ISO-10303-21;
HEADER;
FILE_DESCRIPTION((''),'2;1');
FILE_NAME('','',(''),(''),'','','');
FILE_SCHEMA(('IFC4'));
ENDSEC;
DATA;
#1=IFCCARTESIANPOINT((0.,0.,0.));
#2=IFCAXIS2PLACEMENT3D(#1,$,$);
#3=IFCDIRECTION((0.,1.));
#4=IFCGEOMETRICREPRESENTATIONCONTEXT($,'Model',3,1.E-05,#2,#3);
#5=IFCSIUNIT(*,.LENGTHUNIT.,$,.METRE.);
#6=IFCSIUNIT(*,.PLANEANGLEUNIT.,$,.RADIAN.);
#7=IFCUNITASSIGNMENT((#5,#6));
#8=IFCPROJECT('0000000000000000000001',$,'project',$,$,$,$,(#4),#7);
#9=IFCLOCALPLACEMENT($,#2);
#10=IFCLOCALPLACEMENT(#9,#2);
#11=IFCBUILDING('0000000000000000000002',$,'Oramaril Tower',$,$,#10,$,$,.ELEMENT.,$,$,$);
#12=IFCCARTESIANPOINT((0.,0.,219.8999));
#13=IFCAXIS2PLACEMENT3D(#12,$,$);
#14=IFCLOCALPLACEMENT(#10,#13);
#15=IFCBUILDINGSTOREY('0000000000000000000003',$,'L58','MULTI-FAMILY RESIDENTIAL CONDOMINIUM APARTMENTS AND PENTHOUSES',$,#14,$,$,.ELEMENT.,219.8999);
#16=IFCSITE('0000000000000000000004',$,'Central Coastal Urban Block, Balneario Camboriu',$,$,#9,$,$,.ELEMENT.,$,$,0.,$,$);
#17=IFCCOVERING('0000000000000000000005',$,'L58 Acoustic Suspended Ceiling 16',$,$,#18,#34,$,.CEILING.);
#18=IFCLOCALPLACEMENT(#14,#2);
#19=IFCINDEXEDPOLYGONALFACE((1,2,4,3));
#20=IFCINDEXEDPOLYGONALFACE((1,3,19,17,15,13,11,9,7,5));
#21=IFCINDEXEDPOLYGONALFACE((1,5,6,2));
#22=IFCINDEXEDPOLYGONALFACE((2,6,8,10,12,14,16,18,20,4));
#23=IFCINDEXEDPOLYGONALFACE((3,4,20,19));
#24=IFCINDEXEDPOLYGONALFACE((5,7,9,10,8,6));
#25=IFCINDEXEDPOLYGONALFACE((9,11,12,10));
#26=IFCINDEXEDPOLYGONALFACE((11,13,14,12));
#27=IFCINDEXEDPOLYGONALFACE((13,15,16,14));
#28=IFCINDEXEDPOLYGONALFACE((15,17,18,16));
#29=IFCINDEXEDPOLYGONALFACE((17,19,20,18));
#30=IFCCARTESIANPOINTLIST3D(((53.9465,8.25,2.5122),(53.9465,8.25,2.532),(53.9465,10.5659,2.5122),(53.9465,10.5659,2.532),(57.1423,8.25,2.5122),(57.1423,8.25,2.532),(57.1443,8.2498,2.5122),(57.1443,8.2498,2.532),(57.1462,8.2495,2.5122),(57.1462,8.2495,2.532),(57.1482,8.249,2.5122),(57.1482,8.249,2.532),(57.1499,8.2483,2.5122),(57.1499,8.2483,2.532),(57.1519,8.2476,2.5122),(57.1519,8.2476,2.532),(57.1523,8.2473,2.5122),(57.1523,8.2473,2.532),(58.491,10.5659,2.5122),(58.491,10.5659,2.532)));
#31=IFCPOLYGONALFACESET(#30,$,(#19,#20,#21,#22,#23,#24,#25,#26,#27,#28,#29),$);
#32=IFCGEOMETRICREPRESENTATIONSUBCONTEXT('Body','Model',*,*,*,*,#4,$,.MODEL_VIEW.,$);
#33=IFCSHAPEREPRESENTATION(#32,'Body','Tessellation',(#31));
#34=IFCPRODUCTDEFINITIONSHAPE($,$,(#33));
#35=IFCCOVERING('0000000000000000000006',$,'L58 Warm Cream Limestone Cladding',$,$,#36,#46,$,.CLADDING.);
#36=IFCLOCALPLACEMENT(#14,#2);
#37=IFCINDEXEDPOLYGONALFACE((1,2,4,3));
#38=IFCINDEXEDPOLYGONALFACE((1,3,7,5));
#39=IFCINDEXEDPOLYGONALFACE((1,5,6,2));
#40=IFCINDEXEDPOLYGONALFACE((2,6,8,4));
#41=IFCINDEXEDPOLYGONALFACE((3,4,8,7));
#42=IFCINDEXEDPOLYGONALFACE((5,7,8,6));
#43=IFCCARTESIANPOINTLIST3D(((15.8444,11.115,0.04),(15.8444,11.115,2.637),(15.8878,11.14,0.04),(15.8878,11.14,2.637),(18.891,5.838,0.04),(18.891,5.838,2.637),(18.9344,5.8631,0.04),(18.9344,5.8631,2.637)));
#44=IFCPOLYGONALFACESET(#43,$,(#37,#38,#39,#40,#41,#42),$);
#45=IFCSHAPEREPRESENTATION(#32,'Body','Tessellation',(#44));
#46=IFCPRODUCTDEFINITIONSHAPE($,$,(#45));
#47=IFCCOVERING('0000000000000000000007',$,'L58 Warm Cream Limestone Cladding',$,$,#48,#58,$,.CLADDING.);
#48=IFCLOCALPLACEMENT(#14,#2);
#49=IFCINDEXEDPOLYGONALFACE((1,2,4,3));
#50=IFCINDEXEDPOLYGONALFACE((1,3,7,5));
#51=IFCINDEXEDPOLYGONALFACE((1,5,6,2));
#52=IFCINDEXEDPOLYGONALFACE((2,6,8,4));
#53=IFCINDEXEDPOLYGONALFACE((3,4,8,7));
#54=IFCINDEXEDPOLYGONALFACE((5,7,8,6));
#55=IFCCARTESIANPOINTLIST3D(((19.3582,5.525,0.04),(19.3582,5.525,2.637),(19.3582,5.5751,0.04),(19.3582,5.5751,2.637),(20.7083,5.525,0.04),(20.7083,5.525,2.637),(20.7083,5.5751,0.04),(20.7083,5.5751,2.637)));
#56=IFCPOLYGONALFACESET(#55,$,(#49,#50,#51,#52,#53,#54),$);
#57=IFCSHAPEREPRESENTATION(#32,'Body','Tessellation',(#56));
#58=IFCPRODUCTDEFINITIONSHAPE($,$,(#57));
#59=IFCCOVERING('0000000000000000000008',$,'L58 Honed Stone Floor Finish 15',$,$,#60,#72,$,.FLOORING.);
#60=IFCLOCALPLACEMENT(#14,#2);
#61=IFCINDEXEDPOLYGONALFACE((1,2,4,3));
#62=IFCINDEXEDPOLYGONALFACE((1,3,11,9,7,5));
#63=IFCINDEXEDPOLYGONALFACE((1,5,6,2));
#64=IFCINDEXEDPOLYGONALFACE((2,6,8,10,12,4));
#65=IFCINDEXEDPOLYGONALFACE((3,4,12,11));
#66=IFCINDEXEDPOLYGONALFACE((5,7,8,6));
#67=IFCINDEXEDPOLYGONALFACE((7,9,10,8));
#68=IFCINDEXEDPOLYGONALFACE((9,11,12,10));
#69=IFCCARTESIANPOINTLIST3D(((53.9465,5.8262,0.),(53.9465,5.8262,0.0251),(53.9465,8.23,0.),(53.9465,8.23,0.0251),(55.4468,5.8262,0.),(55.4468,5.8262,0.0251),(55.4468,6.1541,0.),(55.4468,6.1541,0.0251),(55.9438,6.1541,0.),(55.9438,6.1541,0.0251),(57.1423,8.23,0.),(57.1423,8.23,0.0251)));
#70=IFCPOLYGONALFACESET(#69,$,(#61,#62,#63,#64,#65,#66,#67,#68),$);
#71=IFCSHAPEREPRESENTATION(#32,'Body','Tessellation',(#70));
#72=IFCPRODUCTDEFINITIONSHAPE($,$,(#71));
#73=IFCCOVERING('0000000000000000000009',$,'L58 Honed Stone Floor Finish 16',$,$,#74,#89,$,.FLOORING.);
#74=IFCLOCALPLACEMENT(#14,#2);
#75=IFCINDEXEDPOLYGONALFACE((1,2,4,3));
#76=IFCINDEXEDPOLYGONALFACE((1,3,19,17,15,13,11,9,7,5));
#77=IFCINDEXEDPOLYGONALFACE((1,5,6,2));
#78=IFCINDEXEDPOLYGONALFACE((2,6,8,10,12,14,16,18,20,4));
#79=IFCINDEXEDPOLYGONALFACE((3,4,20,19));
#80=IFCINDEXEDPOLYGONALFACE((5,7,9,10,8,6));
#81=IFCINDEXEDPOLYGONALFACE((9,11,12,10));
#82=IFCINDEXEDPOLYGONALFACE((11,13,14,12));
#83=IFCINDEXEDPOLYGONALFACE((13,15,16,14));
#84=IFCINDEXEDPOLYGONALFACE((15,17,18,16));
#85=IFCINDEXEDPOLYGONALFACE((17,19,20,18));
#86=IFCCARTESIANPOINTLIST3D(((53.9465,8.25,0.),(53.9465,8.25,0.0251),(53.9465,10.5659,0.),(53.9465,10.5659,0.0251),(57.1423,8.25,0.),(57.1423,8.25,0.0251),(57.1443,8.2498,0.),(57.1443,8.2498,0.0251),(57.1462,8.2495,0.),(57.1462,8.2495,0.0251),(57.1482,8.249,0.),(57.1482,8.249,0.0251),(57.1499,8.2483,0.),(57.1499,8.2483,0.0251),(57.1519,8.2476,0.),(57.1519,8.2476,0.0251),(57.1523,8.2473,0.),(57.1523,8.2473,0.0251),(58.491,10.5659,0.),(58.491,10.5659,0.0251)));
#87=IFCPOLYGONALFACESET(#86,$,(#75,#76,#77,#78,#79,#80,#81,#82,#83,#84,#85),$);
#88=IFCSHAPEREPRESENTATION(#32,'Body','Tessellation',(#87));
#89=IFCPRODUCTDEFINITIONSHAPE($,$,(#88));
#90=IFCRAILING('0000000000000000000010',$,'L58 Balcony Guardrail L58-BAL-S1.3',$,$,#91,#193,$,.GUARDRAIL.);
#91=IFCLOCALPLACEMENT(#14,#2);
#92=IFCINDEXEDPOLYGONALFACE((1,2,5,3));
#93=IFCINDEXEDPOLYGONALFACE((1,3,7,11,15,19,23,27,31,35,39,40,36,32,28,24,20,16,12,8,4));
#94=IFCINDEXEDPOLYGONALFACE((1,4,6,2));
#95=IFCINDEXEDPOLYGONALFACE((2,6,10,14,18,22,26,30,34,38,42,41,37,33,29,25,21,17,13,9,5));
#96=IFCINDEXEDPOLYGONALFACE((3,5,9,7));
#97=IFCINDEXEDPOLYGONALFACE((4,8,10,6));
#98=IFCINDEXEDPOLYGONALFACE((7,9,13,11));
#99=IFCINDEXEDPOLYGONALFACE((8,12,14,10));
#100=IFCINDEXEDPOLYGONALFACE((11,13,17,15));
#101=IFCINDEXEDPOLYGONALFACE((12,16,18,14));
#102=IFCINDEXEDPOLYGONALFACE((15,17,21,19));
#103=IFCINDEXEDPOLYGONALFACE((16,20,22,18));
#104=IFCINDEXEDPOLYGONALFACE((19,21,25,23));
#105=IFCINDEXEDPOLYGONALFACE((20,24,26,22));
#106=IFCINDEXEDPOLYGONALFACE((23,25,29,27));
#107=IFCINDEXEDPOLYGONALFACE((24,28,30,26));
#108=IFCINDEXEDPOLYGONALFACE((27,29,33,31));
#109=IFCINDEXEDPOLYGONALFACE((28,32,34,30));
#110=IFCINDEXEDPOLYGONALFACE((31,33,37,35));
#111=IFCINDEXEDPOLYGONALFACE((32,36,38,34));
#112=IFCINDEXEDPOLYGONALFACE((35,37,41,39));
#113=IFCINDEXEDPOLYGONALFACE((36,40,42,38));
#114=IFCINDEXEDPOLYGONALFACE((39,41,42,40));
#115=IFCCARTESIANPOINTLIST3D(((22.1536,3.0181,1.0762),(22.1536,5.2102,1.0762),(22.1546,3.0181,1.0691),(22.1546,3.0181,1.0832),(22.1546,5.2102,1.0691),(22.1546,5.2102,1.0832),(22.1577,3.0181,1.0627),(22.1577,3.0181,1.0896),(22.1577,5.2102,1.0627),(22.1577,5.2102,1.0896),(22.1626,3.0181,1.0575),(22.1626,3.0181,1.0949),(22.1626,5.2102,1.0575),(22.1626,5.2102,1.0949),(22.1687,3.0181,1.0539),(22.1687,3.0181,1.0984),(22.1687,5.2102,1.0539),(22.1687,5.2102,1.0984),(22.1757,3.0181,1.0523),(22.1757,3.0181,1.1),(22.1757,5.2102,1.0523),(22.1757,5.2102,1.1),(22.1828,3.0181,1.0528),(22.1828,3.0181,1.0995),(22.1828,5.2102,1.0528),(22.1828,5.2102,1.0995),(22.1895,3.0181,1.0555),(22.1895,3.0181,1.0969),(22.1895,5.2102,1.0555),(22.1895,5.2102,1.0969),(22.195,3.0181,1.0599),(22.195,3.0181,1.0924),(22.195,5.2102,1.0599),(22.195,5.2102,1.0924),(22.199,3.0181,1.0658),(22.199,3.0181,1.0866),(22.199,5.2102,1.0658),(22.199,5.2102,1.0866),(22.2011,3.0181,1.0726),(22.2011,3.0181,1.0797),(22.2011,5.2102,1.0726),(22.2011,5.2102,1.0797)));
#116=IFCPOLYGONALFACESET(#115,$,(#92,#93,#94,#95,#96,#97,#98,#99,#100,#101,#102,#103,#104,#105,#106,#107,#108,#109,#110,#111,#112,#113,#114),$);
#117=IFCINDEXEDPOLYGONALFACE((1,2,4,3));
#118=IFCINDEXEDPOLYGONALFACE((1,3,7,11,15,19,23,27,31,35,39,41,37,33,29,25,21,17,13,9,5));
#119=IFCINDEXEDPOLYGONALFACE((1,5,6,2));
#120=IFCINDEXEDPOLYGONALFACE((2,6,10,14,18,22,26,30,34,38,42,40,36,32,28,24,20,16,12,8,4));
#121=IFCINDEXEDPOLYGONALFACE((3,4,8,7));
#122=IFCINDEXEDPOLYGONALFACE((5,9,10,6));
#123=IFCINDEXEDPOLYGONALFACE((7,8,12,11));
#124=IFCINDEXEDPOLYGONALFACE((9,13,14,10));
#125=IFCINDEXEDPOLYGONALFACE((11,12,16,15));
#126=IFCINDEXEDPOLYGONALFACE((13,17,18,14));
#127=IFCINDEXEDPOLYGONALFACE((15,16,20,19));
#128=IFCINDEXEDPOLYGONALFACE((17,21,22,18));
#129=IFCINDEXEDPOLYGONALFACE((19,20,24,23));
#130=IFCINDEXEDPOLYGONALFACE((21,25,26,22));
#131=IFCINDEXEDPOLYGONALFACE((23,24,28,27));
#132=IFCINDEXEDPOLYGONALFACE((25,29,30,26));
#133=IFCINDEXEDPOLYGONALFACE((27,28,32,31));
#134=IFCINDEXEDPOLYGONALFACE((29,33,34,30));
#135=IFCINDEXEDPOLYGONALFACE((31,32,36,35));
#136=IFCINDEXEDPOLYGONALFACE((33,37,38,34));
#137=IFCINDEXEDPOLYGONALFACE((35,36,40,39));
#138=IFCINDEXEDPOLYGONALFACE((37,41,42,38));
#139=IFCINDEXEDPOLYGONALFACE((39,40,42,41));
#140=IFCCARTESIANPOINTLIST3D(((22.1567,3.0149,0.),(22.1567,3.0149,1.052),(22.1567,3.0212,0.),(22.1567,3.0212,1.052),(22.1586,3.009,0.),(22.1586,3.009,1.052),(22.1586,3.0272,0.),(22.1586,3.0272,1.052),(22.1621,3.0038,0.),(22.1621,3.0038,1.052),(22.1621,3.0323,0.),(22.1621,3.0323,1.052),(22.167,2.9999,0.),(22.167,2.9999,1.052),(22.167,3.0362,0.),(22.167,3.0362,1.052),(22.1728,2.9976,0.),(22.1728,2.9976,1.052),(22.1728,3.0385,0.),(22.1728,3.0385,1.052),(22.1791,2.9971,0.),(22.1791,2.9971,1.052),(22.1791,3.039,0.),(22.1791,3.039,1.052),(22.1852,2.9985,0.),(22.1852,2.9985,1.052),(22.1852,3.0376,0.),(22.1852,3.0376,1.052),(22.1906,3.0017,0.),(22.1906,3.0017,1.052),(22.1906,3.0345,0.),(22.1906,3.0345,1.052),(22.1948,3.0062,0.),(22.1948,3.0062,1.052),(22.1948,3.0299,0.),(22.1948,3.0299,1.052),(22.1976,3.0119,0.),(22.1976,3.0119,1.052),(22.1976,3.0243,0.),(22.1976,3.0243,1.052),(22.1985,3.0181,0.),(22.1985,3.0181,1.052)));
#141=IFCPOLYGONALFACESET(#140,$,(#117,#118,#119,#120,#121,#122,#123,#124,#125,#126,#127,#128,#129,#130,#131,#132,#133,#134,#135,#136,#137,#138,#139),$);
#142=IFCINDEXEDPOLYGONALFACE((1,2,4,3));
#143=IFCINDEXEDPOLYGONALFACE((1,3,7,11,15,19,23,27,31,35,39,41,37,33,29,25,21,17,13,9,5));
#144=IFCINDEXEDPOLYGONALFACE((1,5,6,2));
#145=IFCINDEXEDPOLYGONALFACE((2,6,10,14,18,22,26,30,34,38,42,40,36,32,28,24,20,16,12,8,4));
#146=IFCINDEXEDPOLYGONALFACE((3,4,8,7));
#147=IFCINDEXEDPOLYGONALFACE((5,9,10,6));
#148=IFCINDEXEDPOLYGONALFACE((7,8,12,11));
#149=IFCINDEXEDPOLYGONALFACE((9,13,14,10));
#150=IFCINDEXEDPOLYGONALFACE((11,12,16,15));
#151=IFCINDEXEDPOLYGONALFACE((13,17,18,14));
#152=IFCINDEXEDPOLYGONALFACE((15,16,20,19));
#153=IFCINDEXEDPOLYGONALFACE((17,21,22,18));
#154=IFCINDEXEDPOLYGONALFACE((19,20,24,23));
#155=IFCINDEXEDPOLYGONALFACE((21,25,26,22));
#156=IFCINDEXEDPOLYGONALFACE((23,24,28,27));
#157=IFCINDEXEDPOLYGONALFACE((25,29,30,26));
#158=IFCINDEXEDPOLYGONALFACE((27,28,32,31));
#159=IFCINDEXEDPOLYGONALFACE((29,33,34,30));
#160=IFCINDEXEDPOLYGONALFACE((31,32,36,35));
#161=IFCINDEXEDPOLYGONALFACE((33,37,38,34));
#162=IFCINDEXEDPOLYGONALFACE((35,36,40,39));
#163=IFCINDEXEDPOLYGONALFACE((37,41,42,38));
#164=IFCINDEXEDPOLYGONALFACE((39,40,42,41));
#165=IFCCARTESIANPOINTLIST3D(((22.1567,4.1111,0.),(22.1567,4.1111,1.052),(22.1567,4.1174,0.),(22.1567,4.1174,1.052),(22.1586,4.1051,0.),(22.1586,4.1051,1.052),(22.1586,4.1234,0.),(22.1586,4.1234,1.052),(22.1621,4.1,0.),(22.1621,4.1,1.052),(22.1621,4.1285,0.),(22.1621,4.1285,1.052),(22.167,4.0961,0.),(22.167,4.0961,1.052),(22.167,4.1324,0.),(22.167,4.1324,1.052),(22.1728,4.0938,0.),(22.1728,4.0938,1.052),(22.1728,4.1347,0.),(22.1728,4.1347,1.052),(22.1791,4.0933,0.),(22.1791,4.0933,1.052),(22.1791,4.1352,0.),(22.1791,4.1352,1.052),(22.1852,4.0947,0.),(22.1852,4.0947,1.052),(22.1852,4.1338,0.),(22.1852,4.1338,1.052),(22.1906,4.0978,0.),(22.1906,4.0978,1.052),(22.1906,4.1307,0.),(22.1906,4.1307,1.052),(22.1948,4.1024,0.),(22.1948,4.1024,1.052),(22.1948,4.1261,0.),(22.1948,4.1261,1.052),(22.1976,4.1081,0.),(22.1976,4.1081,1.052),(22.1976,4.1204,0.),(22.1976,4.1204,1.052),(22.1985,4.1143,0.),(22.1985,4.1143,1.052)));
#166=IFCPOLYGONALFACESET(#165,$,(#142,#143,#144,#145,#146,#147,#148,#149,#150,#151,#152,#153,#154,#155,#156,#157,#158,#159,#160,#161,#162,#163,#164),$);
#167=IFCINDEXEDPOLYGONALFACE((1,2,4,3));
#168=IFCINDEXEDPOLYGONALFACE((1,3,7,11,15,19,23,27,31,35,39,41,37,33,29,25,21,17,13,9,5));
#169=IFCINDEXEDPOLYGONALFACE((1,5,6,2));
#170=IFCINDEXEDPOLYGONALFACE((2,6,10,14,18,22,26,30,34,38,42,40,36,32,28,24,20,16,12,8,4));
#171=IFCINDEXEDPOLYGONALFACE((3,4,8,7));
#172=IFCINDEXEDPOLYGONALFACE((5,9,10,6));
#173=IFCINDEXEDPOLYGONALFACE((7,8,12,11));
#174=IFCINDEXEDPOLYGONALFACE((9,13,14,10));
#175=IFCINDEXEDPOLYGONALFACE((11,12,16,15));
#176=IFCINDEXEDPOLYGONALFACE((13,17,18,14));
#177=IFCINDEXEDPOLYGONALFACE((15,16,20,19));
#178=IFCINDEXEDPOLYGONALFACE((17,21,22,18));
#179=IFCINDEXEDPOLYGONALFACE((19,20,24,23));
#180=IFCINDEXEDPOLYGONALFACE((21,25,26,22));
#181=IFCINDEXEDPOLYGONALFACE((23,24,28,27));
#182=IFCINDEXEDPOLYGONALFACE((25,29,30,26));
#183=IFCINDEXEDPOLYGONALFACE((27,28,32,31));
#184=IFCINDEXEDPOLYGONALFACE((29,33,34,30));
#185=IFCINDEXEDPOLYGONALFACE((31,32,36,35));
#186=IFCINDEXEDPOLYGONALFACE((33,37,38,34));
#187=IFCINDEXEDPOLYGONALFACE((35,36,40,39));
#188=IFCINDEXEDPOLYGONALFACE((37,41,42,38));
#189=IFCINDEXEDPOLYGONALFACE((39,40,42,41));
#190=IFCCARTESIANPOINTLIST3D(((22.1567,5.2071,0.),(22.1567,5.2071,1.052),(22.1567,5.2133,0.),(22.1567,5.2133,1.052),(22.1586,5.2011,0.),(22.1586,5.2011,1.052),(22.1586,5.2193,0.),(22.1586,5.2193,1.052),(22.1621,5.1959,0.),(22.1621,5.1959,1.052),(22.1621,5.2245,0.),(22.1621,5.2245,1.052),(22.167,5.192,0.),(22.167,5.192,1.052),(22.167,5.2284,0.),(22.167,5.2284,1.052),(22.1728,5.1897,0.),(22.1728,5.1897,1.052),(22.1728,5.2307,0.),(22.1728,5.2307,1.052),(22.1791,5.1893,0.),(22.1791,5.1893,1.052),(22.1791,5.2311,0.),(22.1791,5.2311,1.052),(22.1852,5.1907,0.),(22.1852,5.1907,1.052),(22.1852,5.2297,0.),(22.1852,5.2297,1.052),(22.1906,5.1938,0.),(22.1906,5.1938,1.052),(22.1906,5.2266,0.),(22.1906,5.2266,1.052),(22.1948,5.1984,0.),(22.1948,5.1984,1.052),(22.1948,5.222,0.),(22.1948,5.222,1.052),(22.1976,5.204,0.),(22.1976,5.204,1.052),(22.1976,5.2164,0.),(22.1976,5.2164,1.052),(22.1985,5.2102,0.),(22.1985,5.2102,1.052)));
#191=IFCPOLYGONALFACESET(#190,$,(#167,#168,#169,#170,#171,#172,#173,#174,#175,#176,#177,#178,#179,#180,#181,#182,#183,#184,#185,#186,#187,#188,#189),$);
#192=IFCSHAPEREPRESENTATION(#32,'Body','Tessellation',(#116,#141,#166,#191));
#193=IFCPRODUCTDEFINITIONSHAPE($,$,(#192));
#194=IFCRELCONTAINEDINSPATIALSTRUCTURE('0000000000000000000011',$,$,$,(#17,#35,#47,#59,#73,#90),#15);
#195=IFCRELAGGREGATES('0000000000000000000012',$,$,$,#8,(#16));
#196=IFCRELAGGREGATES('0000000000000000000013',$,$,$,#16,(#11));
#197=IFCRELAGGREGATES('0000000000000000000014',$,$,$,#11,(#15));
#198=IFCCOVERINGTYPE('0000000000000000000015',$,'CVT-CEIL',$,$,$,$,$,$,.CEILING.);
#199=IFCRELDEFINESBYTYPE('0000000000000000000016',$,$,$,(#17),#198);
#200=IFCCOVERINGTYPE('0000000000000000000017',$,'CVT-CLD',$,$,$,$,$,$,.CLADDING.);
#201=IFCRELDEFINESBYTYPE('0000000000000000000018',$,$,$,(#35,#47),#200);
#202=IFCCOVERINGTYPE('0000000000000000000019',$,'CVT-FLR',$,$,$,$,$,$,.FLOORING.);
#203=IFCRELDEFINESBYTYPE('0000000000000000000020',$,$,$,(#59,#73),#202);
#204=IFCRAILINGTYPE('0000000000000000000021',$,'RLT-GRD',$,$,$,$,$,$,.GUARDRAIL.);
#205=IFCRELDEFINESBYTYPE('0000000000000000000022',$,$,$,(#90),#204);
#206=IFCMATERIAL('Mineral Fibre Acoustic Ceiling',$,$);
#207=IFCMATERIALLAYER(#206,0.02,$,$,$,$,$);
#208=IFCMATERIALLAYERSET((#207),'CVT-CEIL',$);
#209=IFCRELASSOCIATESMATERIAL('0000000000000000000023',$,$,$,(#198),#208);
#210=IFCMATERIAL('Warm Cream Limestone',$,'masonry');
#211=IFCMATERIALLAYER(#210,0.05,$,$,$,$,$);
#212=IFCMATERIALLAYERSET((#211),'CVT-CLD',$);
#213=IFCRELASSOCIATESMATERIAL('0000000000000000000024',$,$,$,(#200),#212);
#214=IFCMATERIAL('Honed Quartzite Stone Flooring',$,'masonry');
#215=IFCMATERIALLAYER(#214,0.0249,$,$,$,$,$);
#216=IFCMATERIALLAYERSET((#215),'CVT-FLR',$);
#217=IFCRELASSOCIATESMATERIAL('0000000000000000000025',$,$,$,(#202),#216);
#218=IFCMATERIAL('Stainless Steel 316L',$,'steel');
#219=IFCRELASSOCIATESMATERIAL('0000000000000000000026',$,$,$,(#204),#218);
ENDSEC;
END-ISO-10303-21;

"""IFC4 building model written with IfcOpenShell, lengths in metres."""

from ifc_helpers import new_model, si_unit, direction, frame, origin, origin_2d, place, context, subcontext, project, spatial, polyline, rectangle, circle, outline, extrude, material, layer, layer_set, type_object, element, save


model = new_model("IFC4")

# Units and contexts
model_context = context("Model", 3, precision=1e-05, world=origin(), true_north=direction((0.0, 1.0)))
body_context = subcontext(model_context, "Body", "Model", "MODEL_VIEW")
ifc_project = project(units=[si_unit("LENGTHUNIT", "METRE"), si_unit("PLANEANGLEUNIT", "RADIAN")], contexts=[model_context])

# Site, building, storey
site_placement = place(None, origin())
site = spatial("IfcSite", under=ifc_project, at=site_placement, Name="Central Coastal Urban Block, Balneario Camboriu", CompositionType="ELEMENT", RefElevation=0.0)
building_placement = place(site_placement, origin())
building = spatial("IfcBuilding", under=site, at=building_placement, Name="Oramaril Tower", CompositionType="ELEMENT")
storey_placement = place(building_placement, frame((0.0, 0.0, 219.8999)))
storey = spatial("IfcBuildingStorey", under=building, at=storey_placement, Name="L58", Description="MULTI-FAMILY RESIDENTIAL CONDOMINIUM APARTMENTS AND PENTHOUSES", CompositionType="ELEMENT", Elevation=219.8999)

# Coverings
ifc_material_1 = material(Name="Mineral Fibre Acoustic Ceiling")
ifc_layer_1 = layer(ifc_material_1, 0.02)
ifc_layer_set_1 = layer_set([ifc_layer_1], Name="CVT-CEIL")
covering_type_1 = type_object("IfcCoveringType", Name="CVT-CEIL", PredefinedType="CEILING", material=ifc_layer_set_1)
covering_1_placement = place(storey_placement, frame((0.0, 0.0, 2.5122)))
element("IfcCovering", 1, at=covering_1_placement, inside=storey, type_object=covering_type_1, Name="L58 Acoustic Suspended Ceiling 16", PredefinedType="CEILING", context=body_context, shape_type="SweptSolid", body=[
    extrude(outline(polyline([(57.1523, 8.2473), (57.1519, 8.2476), (57.1499, 8.2483), (57.1482, 8.249), (57.1462, 8.2495), (57.1443, 8.2498), (57.1423, 8.25), (53.9465, 8.25), (53.9465, 10.5659), (58.491, 10.5659), (57.1523, 8.2473)])), origin(), (0.0, 0.0, 1.0), 0.0198),
])
ifc_material_2 = material(Name="Warm Cream Limestone", Category="masonry")
ifc_layer_2 = layer(ifc_material_2, 0.05)
ifc_layer_set_2 = layer_set([ifc_layer_2], Name="CVT-CLD")
covering_type_2 = type_object("IfcCoveringType", Name="CVT-CLD", PredefinedType="CLADDING", material=ifc_layer_set_2)
covering_2_placement = place(storey_placement, frame((17.3894, 8.489, 0.04), z_axis=(0.0, 0.0, 1.0), x_axis=(0.499992, -0.86603, 0.0)))
element("IfcCovering", 2, at=covering_2_placement, inside=storey, type_object=covering_type_2, Name="L58 Warm Cream Limestone Cladding", PredefinedType="CLADDING", context=body_context, shape_type="SweptSolid", body=[
    extrude(rectangle(XDim=6.0933, YDim=0.05, at=origin_2d()), origin(), (0.0, 0.0, 1.0), 2.5969),
])
covering_3_placement = place(storey_placement, frame((20.0332, 5.55, 0.04), z_axis=(0.0, 0.0, 1.0), x_axis=(1.0, 0.0, 0.0)))
element("IfcCovering", 3, at=covering_3_placement, inside=storey, type_object=covering_type_2, Name="L58 Warm Cream Limestone Cladding", PredefinedType="CLADDING", context=body_context, shape_type="SweptSolid", body=[
    extrude(rectangle(XDim=1.3501, YDim=0.05, at=origin_2d()), origin(), (0.0, 0.0, 1.0), 2.5969),
])
ifc_material_3 = material(Name="Honed Quartzite Stone Flooring", Category="masonry")
ifc_layer_3 = layer(ifc_material_3, 0.0249)
ifc_layer_set_3 = layer_set([ifc_layer_3], Name="CVT-FLR")
covering_type_3 = type_object("IfcCoveringType", Name="CVT-FLR", PredefinedType="FLOORING", material=ifc_layer_set_3)
covering_4_placement = place(storey_placement, origin())
element("IfcCovering", 4, at=covering_4_placement, inside=storey, type_object=covering_type_3, Name="L58 Honed Stone Floor Finish 15", PredefinedType="FLOORING", context=body_context, shape_type="SweptSolid", body=[
    extrude(outline(polyline([(55.9438, 6.1541), (55.4468, 6.1541), (55.4468, 5.8262), (53.9465, 5.8262), (53.9465, 8.23), (57.1423, 8.23), (55.9438, 6.1541)])), origin(), (0.0, 0.0, 1.0), 0.0251),
])
covering_5_placement = place(storey_placement, origin())
element("IfcCovering", 5, at=covering_5_placement, inside=storey, type_object=covering_type_3, Name="L58 Honed Stone Floor Finish 16", PredefinedType="FLOORING", context=body_context, shape_type="SweptSolid", body=[
    extrude(outline(polyline([(57.1523, 8.2473), (57.1519, 8.2476), (57.1499, 8.2483), (57.1482, 8.249), (57.1462, 8.2495), (57.1443, 8.2498), (57.1423, 8.25), (53.9465, 8.25), (53.9465, 10.5659), (58.491, 10.5659), (57.1523, 8.2473)])), origin(), (0.0, 0.0, 1.0), 0.0251),
])

# Railing
ifc_material_4 = material(Name="Stainless Steel 316L", Category="steel")
railing_type = type_object("IfcRailingType", Name="RLT-GRD", PredefinedType="GUARDRAIL", material=ifc_material_4)
railing_placement = place(storey_placement, frame((22.1775, 3.0181, 0.0)))
element("IfcRailing", 6, at=railing_placement, inside=storey, type_object=railing_type, Name="L58 Balcony Guardrail L58-BAL-S1.3", PredefinedType="GUARDRAIL", context=body_context, shape_type="SweptSolid", body=[
    extrude(circle(Radius=0.0239, at=origin_2d()), frame((0.0, 0.0, 1.0762), z_axis=(0.0, 1.0, 0.0), x_axis=(-1.0, 0.0, 0.0)), (0.0, 0.0, 1.0), 2.1921),
    extrude(circle(Radius=0.021, at=origin_2d()), origin(), (0.0, 0.0, 1.0), 1.052),
    extrude(circle(Radius=0.021, at=origin_2d()), frame((0.0, 1.0962, 0.0)), (0.0, 0.0, 1.0), 1.052),
    extrude(circle(Radius=0.021, at=origin_2d()), frame((0.0, 2.1921, 0.0)), (0.0, 0.0, 1.0), 1.052),
])

save(model, "model.ifc")
